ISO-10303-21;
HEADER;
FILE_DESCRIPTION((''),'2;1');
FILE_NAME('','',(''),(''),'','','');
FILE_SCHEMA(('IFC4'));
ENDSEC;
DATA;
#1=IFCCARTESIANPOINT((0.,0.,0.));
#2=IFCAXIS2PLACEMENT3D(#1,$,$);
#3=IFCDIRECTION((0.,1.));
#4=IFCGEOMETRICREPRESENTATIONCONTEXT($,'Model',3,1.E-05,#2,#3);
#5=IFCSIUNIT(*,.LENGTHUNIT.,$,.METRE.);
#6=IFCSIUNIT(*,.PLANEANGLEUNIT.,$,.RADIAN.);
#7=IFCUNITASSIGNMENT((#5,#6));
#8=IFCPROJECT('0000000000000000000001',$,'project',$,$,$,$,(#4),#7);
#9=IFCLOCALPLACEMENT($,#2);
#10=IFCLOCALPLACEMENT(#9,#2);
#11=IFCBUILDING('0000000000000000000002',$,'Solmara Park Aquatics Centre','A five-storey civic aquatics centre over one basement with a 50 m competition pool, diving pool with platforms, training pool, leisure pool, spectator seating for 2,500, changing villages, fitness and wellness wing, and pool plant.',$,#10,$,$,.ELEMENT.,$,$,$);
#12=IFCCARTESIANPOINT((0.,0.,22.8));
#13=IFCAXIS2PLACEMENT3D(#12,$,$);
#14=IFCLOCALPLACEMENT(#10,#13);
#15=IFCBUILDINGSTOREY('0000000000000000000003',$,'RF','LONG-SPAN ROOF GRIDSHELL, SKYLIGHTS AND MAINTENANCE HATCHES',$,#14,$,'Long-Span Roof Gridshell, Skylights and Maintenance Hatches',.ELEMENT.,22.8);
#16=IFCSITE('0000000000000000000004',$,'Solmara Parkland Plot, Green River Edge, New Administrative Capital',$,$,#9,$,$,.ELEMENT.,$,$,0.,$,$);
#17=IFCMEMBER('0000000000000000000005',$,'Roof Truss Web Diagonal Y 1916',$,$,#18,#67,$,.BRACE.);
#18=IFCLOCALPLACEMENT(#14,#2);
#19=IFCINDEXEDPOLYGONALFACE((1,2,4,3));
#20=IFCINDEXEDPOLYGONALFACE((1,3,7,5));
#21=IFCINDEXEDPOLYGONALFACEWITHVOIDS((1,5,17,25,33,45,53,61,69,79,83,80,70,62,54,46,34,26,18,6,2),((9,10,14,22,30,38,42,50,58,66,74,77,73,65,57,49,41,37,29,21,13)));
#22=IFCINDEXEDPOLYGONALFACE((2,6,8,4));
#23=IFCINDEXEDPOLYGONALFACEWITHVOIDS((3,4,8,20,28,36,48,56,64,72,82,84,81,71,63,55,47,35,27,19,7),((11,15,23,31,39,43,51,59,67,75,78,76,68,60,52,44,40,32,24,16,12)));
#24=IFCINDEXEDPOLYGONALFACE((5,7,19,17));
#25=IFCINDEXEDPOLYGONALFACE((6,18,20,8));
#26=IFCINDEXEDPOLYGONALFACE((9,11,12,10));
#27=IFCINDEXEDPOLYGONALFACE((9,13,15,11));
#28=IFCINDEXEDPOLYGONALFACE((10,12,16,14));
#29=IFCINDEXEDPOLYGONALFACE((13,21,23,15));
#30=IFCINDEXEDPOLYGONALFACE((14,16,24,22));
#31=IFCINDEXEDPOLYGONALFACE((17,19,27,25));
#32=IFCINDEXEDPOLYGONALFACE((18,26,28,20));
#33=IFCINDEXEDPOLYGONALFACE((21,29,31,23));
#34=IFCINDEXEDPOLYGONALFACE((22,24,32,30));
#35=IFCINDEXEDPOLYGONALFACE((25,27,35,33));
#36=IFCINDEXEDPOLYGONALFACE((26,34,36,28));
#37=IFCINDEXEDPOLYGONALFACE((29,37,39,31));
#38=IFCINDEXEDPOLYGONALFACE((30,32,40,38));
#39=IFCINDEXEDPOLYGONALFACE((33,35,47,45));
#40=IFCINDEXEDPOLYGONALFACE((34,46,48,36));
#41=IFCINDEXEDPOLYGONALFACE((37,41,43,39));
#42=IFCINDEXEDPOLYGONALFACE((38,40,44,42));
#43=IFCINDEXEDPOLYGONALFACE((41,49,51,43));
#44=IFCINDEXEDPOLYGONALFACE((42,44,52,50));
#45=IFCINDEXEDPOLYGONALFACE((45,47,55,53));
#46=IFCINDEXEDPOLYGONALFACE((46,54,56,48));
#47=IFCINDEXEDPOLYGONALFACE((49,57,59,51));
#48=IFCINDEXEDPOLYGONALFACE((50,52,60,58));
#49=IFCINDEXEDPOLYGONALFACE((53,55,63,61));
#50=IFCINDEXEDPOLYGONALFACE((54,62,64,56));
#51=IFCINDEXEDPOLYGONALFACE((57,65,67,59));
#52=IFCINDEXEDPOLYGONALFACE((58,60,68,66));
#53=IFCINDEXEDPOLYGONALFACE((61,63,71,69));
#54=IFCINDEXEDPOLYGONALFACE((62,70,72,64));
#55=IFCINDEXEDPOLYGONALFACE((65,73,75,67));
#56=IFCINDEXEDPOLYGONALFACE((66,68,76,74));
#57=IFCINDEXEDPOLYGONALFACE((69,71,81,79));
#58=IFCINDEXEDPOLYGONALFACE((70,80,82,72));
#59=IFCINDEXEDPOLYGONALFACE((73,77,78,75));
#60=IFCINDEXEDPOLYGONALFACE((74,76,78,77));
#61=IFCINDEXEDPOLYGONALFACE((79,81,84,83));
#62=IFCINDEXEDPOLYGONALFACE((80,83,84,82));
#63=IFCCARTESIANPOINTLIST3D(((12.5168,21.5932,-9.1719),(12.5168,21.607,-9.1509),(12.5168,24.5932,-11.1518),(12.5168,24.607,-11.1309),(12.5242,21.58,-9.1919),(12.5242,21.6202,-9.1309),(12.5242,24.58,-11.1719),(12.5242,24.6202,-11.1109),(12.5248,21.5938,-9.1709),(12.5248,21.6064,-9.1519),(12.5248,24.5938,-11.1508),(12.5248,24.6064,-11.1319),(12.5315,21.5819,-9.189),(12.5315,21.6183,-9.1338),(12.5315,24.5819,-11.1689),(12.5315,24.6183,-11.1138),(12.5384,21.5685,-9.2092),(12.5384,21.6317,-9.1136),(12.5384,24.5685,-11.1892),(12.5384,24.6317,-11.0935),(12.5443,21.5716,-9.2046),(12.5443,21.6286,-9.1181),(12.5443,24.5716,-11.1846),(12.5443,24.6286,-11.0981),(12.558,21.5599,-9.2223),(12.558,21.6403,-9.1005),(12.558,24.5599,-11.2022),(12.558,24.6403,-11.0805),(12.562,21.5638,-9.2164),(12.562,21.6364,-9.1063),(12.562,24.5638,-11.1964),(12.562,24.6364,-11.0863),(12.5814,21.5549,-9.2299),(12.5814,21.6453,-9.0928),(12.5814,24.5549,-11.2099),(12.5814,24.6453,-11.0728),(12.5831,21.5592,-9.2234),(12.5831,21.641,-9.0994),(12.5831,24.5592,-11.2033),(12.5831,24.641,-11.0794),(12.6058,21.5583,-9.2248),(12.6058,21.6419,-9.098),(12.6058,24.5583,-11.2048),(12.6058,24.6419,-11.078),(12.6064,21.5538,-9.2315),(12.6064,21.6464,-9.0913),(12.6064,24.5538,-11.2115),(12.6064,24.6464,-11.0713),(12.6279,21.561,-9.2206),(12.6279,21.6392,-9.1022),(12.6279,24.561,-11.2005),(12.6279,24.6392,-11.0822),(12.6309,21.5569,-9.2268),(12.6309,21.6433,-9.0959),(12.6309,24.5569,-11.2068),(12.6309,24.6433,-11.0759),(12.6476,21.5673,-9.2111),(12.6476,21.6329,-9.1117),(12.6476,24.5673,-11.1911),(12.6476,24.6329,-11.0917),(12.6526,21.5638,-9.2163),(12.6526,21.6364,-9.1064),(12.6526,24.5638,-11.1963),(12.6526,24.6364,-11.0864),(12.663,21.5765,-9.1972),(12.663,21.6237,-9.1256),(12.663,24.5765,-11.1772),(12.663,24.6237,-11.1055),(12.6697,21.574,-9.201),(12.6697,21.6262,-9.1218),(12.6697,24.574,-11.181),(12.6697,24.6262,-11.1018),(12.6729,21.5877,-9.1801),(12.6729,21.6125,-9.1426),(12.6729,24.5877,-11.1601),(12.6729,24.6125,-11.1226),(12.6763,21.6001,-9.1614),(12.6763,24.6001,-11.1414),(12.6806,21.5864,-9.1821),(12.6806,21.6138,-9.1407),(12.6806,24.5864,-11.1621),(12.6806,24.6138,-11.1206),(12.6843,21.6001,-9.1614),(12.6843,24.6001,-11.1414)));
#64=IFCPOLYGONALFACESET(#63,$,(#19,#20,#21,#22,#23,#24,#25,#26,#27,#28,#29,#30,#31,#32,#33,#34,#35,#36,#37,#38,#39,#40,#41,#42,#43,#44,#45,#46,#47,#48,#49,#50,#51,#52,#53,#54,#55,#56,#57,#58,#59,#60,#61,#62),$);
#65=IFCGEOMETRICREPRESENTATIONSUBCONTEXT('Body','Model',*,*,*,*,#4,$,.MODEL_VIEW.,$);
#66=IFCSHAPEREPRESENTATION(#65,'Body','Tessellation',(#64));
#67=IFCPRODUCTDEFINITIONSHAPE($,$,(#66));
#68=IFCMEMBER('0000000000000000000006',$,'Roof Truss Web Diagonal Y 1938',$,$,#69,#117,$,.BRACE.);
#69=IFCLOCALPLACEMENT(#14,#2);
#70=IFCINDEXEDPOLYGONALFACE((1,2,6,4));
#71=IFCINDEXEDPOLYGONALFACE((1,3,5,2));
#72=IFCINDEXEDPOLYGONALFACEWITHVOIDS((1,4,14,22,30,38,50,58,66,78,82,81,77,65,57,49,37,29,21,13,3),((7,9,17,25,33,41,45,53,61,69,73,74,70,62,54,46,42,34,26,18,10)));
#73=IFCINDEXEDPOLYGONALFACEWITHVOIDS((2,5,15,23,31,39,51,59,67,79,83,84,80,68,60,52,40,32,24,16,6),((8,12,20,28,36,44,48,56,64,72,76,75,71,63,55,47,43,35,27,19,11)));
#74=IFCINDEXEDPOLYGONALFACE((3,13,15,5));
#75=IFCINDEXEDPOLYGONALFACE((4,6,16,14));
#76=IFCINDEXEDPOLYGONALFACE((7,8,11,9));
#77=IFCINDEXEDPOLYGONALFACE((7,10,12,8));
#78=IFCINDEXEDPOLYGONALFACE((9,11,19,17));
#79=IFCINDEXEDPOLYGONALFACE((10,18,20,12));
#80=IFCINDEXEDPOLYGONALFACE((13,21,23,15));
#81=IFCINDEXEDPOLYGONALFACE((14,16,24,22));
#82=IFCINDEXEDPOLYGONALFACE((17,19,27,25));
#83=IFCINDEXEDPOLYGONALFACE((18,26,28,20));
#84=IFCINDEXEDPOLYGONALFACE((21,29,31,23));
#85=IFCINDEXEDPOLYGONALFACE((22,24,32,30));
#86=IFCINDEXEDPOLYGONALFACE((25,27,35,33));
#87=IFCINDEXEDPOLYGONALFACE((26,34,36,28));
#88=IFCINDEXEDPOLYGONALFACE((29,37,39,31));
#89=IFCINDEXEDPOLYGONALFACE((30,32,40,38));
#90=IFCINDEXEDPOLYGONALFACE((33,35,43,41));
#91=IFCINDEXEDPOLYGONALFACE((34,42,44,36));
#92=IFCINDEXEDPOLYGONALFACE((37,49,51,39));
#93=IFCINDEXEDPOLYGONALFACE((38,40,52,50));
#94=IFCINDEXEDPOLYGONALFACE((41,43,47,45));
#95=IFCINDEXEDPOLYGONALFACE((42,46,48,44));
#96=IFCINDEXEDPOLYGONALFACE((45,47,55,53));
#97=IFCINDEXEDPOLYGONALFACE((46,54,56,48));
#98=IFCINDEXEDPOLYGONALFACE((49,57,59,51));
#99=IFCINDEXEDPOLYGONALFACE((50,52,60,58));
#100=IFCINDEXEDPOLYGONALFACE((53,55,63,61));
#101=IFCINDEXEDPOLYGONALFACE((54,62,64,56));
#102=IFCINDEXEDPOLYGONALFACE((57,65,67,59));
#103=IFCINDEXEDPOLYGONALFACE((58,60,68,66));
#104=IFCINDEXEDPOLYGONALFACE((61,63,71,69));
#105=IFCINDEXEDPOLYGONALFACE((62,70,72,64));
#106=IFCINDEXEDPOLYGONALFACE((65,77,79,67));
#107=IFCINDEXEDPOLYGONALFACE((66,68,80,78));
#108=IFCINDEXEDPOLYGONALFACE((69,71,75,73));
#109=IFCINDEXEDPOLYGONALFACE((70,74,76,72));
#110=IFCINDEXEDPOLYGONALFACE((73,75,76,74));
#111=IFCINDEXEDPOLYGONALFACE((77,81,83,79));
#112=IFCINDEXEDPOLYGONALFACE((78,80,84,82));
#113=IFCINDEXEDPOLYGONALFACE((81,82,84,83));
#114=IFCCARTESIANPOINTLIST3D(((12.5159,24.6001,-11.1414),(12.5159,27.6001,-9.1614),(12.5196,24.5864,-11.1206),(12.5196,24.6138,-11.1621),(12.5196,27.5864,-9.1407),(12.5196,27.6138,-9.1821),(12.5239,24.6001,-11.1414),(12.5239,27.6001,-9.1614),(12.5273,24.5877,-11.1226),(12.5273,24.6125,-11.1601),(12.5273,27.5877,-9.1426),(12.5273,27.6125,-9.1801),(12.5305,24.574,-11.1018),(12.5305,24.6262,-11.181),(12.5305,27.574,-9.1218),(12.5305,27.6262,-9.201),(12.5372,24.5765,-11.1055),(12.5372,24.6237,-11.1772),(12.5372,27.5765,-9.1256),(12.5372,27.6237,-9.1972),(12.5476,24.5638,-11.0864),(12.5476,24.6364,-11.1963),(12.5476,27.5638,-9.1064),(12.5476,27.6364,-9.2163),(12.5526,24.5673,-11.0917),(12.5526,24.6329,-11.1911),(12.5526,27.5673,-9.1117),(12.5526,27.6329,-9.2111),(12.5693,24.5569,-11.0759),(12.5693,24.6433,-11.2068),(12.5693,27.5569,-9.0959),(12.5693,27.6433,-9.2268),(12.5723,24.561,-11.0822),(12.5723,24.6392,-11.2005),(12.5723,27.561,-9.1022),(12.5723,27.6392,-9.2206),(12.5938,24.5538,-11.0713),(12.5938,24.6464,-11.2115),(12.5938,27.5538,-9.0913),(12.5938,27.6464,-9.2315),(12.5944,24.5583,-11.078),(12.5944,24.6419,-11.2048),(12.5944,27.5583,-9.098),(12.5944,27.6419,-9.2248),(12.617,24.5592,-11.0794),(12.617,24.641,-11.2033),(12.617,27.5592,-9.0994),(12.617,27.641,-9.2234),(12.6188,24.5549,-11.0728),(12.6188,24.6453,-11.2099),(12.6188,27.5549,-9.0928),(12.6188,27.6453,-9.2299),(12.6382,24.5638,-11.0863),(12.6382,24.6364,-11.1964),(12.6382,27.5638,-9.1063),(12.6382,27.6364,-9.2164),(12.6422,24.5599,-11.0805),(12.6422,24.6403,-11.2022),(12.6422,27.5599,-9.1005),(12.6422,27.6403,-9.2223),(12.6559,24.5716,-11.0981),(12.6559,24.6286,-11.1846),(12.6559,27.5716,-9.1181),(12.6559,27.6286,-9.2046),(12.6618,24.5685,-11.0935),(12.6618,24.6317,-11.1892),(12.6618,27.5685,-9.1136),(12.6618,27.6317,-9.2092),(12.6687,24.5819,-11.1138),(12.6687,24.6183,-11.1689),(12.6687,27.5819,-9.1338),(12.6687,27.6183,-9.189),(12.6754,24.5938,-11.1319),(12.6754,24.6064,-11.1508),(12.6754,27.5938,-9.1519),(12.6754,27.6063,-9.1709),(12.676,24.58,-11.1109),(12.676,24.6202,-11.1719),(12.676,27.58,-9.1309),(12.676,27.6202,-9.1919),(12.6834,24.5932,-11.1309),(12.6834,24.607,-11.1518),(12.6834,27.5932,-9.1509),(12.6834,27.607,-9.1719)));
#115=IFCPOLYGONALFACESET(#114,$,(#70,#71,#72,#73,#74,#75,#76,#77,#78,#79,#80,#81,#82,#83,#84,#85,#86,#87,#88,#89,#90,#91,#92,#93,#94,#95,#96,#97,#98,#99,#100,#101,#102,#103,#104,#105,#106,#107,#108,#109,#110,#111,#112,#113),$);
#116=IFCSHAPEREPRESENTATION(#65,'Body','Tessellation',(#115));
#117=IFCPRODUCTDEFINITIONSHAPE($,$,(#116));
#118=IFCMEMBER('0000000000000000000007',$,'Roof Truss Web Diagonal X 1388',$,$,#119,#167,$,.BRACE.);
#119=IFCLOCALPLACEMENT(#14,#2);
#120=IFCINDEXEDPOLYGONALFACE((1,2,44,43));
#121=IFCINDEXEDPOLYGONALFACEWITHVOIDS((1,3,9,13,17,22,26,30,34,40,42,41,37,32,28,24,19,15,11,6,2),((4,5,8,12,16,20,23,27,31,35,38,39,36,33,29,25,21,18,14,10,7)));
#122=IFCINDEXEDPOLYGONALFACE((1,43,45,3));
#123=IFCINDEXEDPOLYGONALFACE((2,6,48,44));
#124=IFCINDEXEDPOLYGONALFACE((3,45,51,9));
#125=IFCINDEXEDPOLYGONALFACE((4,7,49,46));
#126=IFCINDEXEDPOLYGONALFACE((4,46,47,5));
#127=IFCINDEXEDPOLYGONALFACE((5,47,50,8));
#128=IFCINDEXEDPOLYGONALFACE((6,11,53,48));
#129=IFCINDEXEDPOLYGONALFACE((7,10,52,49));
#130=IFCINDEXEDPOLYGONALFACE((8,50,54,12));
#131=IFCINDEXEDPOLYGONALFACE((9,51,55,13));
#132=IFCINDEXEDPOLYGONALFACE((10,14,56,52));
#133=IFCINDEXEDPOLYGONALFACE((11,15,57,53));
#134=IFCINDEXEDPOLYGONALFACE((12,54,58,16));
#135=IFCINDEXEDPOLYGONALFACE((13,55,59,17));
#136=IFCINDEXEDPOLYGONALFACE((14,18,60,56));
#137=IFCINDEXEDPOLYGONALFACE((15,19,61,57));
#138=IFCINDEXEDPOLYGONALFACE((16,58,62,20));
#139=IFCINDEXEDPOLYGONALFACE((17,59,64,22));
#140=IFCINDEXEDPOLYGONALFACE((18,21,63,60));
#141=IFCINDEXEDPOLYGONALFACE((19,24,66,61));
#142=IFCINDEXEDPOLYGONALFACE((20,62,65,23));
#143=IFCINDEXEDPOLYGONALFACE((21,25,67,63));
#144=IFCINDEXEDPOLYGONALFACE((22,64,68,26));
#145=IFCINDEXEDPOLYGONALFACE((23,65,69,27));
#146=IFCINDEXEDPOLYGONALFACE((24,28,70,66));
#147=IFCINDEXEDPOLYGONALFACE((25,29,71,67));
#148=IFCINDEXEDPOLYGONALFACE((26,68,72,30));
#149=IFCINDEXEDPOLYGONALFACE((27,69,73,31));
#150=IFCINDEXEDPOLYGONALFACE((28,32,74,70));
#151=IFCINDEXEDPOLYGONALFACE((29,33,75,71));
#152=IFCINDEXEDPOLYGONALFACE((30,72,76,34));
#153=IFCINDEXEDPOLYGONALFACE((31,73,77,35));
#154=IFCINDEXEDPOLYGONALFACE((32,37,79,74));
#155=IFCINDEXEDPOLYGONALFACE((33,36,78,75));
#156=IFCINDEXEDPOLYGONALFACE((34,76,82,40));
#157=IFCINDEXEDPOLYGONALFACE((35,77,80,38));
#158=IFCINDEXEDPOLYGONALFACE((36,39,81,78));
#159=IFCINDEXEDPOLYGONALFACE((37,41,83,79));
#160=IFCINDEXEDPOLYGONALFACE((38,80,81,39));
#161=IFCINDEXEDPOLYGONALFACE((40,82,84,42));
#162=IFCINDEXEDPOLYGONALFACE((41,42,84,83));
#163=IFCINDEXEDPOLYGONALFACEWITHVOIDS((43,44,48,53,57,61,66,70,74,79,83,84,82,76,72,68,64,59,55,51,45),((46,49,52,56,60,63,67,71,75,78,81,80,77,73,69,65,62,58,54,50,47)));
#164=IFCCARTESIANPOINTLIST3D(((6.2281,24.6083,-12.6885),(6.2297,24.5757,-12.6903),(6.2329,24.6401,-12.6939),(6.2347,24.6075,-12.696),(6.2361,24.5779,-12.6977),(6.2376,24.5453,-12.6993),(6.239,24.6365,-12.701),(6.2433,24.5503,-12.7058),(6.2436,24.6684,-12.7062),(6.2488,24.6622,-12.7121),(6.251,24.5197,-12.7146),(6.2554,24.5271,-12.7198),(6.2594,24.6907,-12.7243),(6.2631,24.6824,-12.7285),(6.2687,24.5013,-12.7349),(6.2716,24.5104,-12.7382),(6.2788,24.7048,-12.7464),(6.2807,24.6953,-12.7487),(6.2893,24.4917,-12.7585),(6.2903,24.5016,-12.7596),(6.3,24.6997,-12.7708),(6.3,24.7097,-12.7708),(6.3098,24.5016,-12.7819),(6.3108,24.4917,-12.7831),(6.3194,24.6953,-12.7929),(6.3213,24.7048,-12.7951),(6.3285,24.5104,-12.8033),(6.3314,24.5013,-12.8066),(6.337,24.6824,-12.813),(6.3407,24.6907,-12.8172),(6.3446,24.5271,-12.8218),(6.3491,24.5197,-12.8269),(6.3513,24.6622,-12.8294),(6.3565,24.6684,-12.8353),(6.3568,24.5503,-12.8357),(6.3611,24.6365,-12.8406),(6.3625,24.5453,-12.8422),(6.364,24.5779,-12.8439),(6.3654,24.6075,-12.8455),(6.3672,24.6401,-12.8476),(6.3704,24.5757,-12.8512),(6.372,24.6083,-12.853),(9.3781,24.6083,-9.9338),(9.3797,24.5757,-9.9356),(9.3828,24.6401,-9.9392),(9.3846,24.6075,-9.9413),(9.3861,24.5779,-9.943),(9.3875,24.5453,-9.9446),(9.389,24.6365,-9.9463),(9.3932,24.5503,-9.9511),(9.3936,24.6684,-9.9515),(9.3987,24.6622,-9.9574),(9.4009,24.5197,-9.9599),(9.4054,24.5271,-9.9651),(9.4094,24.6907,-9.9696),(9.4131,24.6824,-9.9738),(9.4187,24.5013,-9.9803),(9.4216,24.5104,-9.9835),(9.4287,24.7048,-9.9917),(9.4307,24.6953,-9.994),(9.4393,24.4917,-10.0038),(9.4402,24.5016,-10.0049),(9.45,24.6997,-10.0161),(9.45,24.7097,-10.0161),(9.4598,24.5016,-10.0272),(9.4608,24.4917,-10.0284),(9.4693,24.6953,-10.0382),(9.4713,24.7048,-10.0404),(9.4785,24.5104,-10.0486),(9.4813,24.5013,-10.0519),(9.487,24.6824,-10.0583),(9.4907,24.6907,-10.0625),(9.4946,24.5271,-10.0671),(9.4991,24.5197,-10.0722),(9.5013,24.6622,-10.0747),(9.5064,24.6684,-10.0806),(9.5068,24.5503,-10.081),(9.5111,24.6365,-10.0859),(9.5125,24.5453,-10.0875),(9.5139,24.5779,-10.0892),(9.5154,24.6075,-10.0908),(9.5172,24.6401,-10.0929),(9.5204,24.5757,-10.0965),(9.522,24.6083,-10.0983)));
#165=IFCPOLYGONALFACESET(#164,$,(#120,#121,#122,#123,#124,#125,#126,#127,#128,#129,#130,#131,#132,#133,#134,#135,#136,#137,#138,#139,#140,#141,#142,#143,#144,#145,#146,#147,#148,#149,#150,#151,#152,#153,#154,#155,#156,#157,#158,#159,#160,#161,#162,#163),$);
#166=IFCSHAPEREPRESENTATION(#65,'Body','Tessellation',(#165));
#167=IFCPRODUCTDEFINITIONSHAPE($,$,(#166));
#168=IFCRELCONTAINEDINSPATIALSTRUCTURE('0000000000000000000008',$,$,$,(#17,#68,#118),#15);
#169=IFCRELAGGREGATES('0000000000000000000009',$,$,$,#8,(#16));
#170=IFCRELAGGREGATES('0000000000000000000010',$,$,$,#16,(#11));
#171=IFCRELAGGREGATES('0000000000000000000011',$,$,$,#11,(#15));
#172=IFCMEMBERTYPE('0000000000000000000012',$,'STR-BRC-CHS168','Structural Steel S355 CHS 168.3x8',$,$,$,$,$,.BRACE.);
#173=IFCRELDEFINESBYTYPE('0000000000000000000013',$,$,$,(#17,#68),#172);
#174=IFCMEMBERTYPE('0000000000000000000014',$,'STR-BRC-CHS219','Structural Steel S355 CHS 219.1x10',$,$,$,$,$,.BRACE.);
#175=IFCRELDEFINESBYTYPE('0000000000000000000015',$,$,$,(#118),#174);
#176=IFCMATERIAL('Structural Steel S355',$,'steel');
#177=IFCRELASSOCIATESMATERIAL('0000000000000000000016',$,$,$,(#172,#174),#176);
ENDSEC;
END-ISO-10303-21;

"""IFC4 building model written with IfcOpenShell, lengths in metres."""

from ifc_helpers import new_model, si_unit, direction, frame, origin, origin_2d, place, context, subcontext, project, spatial, hollow_circle, extrude, material, material_profile, profile_set, type_object, element, save


model = new_model("IFC4")

# Units and contexts
model_context = context("Model", 3, precision=1e-05, world=origin(), true_north=direction((0.0, 1.0)))
body_context = subcontext(model_context, "Body", "Model", "MODEL_VIEW")
ifc_project = project(units=[si_unit("LENGTHUNIT", "METRE"), si_unit("PLANEANGLEUNIT", "RADIAN")], contexts=[model_context])

# Site, building, storey
site_placement = place(None, origin())
site = spatial("IfcSite", under=ifc_project, at=site_placement, Name="Solmara Parkland Plot, Green River Edge, New Administrative Capital", CompositionType="ELEMENT", RefElevation=0.0)
building_placement = place(site_placement, origin())
building = spatial("IfcBuilding", under=site, at=building_placement, Name="Solmara Park Aquatics Centre", Description="A five-storey civic aquatics centre over one basement with a 50 m competition pool, diving pool with platforms, training pool, leisure pool, spectator seating for 2,500, changing villages, fitness and wellness wing, and pool plant.", CompositionType="ELEMENT")
storey_placement = place(building_placement, frame((0.0, 0.0, 22.8)))
storey = spatial("IfcBuildingStorey", under=building, at=storey_placement, Name="RF", Description="LONG-SPAN ROOF GRIDSHELL, SKYLIGHTS AND MAINTENANCE HATCHES", LongName="Long-Span Roof Gridshell, Skylights and Maintenance Hatches", CompositionType="ELEMENT", Elevation=22.8)

# Members
ifc_material_1 = material(Name="Structural Steel S355", Category="steel")
ifc_material_profile_1 = material_profile(ifc_material_1, hollow_circle(Radius=0.0842, WallThickness=0.0081, at=origin_2d()), Name="CHS 168.3x8")
ifc_profile_set_1 = profile_set([ifc_material_profile_1], Name="Structural Steel S355")
member_type_1 = type_object("IfcMemberType", Name="STR-BRC-CHS168", Description="Structural Steel S355 CHS 168.3x8", PredefinedType="BRACE", material=ifc_profile_set_1)
for number, where, z_axis, x_axis, name in (
    (1, (12.6001, 24.6001, -11.1414), (0.0, -0.834612, 0.550838), (1.0, 0.0, 0.0), "Roof Truss Web Diagonal Y 1916"),
    (2, (12.6001, 24.6001, -11.1414), (0.0, 0.834612, 0.550838), (-1.0, 0.0, 0.0), "Roof Truss Web Diagonal Y 1938"),
):
    element("IfcMember", number, at=place(storey_placement, frame(where, z_axis=z_axis, x_axis=x_axis)), inside=storey, type_object=member_type_1, Name=name, PredefinedType="BRACE", context=body_context, shape_type="SweptSolid", body=[
        extrude(hollow_circle(Radius=0.0842, WallThickness=0.0081, at=origin_2d()), origin(), (0.0, 0.0, 1.0), 3.5945),
    ])
ifc_material_profile_2 = material_profile(ifc_material_1, hollow_circle(Radius=0.1096, WallThickness=0.01, at=origin_2d()), Name="CHS 219.1x10")
ifc_profile_set_2 = profile_set([ifc_material_profile_2], Name="Structural Steel S355")
member_type_2 = type_object("IfcMemberType", Name="STR-BRC-CHS219", Description="Structural Steel S355 CHS 219.1x10", PredefinedType="BRACE", material=ifc_profile_set_2)
member_1_placement = place(storey_placement, frame((6.3, 24.6001, -12.7708), z_axis=(0.752757, 0.0, 0.658298), x_axis=(0.0, 1.0, 0.0)))
element("IfcMember", 3, at=member_1_placement, inside=storey, type_object=member_type_2, Name="Roof Truss Web Diagonal X 1388", PredefinedType="BRACE", context=body_context, shape_type="SweptSolid", body=[
    extrude(hollow_circle(Radius=0.1096, WallThickness=0.01, at=origin_2d()), origin(), (0.0, 0.0, 1.0), 4.1846),
])

save(model, "model.ifc")
